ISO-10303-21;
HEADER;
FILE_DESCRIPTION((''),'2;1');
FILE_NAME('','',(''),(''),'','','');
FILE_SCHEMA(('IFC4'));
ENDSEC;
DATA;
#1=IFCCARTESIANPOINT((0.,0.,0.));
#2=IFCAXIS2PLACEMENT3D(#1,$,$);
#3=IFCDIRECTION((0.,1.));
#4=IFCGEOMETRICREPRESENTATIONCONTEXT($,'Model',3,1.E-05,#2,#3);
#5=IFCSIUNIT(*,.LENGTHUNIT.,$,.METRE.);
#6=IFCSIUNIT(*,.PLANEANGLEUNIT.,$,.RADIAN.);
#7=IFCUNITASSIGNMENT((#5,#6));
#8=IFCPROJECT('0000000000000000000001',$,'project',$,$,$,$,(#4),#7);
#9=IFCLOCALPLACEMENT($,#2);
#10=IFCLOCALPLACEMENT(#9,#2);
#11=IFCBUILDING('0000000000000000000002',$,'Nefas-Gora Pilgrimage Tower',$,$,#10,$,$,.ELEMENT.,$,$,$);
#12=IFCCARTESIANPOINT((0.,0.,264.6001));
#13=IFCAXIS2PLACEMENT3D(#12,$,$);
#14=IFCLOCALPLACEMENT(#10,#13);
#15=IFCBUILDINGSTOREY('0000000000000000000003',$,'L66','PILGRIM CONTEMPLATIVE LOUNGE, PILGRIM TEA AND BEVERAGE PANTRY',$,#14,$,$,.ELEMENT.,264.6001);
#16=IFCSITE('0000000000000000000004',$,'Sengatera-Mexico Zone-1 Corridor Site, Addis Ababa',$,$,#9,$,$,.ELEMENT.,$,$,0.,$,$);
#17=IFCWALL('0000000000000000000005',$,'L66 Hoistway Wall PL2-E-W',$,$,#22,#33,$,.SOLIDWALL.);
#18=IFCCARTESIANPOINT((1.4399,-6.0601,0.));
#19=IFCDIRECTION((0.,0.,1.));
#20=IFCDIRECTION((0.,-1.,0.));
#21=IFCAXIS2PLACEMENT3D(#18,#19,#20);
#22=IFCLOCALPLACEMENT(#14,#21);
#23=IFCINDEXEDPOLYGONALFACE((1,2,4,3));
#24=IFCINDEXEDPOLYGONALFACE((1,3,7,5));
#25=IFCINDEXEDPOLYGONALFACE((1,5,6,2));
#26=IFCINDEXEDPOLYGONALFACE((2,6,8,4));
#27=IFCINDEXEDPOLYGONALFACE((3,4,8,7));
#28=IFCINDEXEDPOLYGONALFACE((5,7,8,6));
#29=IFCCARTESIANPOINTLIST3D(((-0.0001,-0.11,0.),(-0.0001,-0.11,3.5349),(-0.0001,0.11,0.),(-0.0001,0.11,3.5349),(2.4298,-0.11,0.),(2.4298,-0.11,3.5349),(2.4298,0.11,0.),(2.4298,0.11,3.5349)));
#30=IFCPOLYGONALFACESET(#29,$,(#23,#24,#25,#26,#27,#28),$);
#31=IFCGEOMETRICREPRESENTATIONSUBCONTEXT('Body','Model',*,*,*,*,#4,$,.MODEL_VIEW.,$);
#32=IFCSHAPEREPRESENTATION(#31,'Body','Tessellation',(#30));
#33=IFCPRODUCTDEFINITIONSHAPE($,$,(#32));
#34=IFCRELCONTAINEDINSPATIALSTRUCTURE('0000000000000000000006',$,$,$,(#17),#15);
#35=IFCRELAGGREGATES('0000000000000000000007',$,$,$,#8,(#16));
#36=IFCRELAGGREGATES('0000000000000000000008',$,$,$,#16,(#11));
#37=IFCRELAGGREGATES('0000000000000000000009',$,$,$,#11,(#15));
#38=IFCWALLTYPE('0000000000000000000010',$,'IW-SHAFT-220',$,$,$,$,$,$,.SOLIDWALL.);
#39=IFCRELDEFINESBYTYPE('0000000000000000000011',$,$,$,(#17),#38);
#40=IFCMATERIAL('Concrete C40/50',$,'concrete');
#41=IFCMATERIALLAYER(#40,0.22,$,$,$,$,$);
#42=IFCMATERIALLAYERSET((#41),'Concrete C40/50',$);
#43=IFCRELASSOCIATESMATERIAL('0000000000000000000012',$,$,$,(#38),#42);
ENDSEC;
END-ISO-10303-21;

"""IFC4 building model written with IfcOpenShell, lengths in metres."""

from ifc_helpers import new_model, si_unit, direction, frame, frame_2d, origin, place, context, subcontext, project, spatial, rectangle, extrude, source, transform, mapped, material, layer, layer_set, type_object, element, save


model = new_model("IFC4")

# Units and contexts
model_context = context("Model", 3, precision=1e-05, world=origin(), true_north=direction((0.0, 1.0)))
body_context = subcontext(model_context, "Body", "Model", "MODEL_VIEW")
ifc_project = project(units=[si_unit("LENGTHUNIT", "METRE"), si_unit("PLANEANGLEUNIT", "RADIAN")], contexts=[model_context])

# Site, building, storey
site_placement = place(None, origin())
site = spatial("IfcSite", under=ifc_project, at=site_placement, Name="Sengatera-Mexico Zone-1 Corridor Site, Addis Ababa", CompositionType="ELEMENT", RefElevation=0.0)
building_placement = place(site_placement, origin())
building = spatial("IfcBuilding", under=site, at=building_placement, Name="Nefas-Gora Pilgrimage Tower", CompositionType="ELEMENT")
storey_placement = place(building_placement, frame((0.0, 0.0, 264.6001)))
storey = spatial("IfcBuildingStorey", under=building, at=storey_placement, Name="L66", Description="PILGRIM CONTEMPLATIVE LOUNGE, PILGRIM TEA AND BEVERAGE PANTRY", CompositionType="ELEMENT", Elevation=264.6001)

# Shared definitions
ifc_material_1 = material(Name="Concrete C40/50", Category="concrete")

# Shared definitions
ifc_layer_1 = layer(ifc_material_1, 0.22)
ifc_layer_set_1 = layer_set([ifc_layer_1], Name="Concrete C40/50")
wall_type_1 = type_object("IfcWallType", Name="IW-SHAFT-220", PredefinedType="SOLIDWALL", material=ifc_layer_set_1)

# Wall
shared_shape_1 = source(origin(), body_context, "Body", "SweptSolid", [
    extrude(rectangle(XDim=2.4299, YDim=0.22, at=frame_2d((1.2148, 0.0))), origin(), (0.0, 0.0, 1.0), 3.5349),
])
wall_1_placement = place(storey_placement, frame((1.4399, -6.0601, 0.0), z_axis=(0.0, 0.0, 1.0), x_axis=(0.0, -1.0, 0.0)))
element("IfcWall", 1, at=wall_1_placement, inside=storey, type_object=wall_type_1, Name="L66 Hoistway Wall PL2-E-W", PredefinedType="SOLIDWALL", context=body_context, shape_type="MappedRepresentation", body=[
    mapped(shared_shape_1, transform((0.0, 0.0, 0.0), x_axis=(1.0, 0.0, 0.0), y_axis=(0.0, 1.0, 0.0), z_axis=(0.0, 0.0, 1.0), scale=1.0)),
])

save(model, "model.ifc")
